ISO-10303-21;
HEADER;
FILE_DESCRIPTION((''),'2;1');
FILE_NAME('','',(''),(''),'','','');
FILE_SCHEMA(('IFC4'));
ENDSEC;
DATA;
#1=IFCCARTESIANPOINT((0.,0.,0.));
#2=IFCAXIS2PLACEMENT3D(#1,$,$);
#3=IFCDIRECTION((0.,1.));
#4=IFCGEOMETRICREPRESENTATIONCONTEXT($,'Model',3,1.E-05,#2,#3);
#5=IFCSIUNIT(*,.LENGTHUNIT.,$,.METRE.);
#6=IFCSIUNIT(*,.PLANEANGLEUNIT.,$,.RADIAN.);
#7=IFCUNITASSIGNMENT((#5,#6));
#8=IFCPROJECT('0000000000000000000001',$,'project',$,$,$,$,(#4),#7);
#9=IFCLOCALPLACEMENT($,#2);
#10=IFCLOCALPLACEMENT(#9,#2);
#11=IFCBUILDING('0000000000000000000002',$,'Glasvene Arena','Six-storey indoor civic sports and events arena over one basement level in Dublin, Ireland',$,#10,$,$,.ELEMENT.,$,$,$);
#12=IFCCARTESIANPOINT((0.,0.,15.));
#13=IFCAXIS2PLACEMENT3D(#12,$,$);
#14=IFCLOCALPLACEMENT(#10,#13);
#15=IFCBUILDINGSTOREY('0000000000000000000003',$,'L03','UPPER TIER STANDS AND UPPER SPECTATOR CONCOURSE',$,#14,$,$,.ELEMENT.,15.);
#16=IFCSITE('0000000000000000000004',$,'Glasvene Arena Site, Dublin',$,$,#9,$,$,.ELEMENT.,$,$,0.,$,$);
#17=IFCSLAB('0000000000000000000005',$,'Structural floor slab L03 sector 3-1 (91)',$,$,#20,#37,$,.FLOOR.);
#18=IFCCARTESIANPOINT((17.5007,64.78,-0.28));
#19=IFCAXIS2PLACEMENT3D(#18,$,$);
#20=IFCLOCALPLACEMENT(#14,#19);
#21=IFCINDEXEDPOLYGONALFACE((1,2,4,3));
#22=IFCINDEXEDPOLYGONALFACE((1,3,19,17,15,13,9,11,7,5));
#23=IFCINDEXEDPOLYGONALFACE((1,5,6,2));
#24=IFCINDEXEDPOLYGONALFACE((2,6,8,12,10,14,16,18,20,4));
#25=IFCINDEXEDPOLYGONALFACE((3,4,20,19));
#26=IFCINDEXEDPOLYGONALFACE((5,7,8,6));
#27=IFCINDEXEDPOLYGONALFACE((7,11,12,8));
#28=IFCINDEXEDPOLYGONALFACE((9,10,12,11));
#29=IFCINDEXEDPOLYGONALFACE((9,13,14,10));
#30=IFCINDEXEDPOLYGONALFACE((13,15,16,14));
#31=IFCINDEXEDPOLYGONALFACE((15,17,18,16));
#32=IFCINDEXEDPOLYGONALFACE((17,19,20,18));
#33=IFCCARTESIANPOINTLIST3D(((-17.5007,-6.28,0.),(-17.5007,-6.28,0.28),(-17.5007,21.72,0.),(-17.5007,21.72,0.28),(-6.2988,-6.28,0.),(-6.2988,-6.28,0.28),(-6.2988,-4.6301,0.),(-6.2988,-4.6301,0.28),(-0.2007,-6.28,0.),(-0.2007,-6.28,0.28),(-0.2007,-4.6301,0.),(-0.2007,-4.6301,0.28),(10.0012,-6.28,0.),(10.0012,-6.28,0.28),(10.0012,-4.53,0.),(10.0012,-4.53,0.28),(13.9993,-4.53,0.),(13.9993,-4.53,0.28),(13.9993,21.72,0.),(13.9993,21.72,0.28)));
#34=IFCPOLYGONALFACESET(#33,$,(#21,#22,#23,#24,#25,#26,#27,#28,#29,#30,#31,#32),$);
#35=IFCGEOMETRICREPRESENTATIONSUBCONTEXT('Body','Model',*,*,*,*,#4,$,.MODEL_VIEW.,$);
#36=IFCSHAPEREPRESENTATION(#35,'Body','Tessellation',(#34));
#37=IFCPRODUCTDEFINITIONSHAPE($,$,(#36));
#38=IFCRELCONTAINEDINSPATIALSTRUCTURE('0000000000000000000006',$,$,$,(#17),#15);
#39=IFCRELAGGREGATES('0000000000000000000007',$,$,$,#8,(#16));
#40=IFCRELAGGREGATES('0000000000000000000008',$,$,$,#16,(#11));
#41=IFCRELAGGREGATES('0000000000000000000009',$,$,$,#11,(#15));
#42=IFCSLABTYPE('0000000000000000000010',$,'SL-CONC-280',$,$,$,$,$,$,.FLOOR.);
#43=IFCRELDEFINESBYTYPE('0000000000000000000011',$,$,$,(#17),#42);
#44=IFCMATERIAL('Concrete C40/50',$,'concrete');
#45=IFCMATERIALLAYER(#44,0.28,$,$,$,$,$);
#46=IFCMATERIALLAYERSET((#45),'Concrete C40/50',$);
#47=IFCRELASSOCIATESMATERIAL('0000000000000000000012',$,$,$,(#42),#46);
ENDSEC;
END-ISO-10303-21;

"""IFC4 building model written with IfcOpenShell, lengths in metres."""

from ifc_helpers import new_model, si_unit, direction, frame, origin, place, context, subcontext, project, spatial, polyline, outline, extrude, material, layer, layer_set, type_object, element, save


model = new_model("IFC4")

# Units and contexts
model_context = context("Model", 3, precision=1e-05, world=origin(), true_north=direction((0.0, 1.0)))
body_context = subcontext(model_context, "Body", "Model", "MODEL_VIEW")
ifc_project = project(units=[si_unit("LENGTHUNIT", "METRE"), si_unit("PLANEANGLEUNIT", "RADIAN")], contexts=[model_context])

# Site, building, storey
site_placement = place(None, origin())
site = spatial("IfcSite", under=ifc_project, at=site_placement, Name="Glasvene Arena Site, Dublin", CompositionType="ELEMENT", RefElevation=0.0)
building_placement = place(site_placement, origin())
building = spatial("IfcBuilding", under=site, at=building_placement, Name="Glasvene Arena", Description="Six-storey indoor civic sports and events arena over one basement level in Dublin, Ireland", CompositionType="ELEMENT")
storey_placement = place(building_placement, frame((0.0, 0.0, 15.0)))
storey = spatial("IfcBuildingStorey", under=building, at=storey_placement, Name="L03", Description="UPPER TIER STANDS AND UPPER SPECTATOR CONCOURSE", CompositionType="ELEMENT", Elevation=15.0)

# Slab
ifc_material_1 = material(Name="Concrete C40/50", Category="concrete")
ifc_layer_1 = layer(ifc_material_1, 0.28)
ifc_layer_set_1 = layer_set([ifc_layer_1], Name="Concrete C40/50")
slab_type = type_object("IfcSlabType", Name="SL-CONC-280", PredefinedType="FLOOR", material=ifc_layer_set_1)
slab_placement = place(storey_placement, frame((17.5007, 64.78, -0.28)))
element("IfcSlab", 1, at=slab_placement, inside=storey, type_object=slab_type, Name="Structural floor slab L03 sector 3-1 (91)", PredefinedType="FLOOR", context=body_context, shape_type="SweptSolid", body=[
    extrude(outline(polyline([(13.9993, 21.72), (13.9993, -4.53), (10.0012, -4.53), (10.0012, -6.28), (-0.2007, -6.28), (-0.2007, -4.6301), (-6.2988, -4.6301), (-6.2988, -6.28), (-17.5007, -6.28), (-17.5007, 21.72), (13.9993, 21.72)])), origin(), (0.0, 0.0, 1.0), 0.28),
])

save(model, "model.ifc")
